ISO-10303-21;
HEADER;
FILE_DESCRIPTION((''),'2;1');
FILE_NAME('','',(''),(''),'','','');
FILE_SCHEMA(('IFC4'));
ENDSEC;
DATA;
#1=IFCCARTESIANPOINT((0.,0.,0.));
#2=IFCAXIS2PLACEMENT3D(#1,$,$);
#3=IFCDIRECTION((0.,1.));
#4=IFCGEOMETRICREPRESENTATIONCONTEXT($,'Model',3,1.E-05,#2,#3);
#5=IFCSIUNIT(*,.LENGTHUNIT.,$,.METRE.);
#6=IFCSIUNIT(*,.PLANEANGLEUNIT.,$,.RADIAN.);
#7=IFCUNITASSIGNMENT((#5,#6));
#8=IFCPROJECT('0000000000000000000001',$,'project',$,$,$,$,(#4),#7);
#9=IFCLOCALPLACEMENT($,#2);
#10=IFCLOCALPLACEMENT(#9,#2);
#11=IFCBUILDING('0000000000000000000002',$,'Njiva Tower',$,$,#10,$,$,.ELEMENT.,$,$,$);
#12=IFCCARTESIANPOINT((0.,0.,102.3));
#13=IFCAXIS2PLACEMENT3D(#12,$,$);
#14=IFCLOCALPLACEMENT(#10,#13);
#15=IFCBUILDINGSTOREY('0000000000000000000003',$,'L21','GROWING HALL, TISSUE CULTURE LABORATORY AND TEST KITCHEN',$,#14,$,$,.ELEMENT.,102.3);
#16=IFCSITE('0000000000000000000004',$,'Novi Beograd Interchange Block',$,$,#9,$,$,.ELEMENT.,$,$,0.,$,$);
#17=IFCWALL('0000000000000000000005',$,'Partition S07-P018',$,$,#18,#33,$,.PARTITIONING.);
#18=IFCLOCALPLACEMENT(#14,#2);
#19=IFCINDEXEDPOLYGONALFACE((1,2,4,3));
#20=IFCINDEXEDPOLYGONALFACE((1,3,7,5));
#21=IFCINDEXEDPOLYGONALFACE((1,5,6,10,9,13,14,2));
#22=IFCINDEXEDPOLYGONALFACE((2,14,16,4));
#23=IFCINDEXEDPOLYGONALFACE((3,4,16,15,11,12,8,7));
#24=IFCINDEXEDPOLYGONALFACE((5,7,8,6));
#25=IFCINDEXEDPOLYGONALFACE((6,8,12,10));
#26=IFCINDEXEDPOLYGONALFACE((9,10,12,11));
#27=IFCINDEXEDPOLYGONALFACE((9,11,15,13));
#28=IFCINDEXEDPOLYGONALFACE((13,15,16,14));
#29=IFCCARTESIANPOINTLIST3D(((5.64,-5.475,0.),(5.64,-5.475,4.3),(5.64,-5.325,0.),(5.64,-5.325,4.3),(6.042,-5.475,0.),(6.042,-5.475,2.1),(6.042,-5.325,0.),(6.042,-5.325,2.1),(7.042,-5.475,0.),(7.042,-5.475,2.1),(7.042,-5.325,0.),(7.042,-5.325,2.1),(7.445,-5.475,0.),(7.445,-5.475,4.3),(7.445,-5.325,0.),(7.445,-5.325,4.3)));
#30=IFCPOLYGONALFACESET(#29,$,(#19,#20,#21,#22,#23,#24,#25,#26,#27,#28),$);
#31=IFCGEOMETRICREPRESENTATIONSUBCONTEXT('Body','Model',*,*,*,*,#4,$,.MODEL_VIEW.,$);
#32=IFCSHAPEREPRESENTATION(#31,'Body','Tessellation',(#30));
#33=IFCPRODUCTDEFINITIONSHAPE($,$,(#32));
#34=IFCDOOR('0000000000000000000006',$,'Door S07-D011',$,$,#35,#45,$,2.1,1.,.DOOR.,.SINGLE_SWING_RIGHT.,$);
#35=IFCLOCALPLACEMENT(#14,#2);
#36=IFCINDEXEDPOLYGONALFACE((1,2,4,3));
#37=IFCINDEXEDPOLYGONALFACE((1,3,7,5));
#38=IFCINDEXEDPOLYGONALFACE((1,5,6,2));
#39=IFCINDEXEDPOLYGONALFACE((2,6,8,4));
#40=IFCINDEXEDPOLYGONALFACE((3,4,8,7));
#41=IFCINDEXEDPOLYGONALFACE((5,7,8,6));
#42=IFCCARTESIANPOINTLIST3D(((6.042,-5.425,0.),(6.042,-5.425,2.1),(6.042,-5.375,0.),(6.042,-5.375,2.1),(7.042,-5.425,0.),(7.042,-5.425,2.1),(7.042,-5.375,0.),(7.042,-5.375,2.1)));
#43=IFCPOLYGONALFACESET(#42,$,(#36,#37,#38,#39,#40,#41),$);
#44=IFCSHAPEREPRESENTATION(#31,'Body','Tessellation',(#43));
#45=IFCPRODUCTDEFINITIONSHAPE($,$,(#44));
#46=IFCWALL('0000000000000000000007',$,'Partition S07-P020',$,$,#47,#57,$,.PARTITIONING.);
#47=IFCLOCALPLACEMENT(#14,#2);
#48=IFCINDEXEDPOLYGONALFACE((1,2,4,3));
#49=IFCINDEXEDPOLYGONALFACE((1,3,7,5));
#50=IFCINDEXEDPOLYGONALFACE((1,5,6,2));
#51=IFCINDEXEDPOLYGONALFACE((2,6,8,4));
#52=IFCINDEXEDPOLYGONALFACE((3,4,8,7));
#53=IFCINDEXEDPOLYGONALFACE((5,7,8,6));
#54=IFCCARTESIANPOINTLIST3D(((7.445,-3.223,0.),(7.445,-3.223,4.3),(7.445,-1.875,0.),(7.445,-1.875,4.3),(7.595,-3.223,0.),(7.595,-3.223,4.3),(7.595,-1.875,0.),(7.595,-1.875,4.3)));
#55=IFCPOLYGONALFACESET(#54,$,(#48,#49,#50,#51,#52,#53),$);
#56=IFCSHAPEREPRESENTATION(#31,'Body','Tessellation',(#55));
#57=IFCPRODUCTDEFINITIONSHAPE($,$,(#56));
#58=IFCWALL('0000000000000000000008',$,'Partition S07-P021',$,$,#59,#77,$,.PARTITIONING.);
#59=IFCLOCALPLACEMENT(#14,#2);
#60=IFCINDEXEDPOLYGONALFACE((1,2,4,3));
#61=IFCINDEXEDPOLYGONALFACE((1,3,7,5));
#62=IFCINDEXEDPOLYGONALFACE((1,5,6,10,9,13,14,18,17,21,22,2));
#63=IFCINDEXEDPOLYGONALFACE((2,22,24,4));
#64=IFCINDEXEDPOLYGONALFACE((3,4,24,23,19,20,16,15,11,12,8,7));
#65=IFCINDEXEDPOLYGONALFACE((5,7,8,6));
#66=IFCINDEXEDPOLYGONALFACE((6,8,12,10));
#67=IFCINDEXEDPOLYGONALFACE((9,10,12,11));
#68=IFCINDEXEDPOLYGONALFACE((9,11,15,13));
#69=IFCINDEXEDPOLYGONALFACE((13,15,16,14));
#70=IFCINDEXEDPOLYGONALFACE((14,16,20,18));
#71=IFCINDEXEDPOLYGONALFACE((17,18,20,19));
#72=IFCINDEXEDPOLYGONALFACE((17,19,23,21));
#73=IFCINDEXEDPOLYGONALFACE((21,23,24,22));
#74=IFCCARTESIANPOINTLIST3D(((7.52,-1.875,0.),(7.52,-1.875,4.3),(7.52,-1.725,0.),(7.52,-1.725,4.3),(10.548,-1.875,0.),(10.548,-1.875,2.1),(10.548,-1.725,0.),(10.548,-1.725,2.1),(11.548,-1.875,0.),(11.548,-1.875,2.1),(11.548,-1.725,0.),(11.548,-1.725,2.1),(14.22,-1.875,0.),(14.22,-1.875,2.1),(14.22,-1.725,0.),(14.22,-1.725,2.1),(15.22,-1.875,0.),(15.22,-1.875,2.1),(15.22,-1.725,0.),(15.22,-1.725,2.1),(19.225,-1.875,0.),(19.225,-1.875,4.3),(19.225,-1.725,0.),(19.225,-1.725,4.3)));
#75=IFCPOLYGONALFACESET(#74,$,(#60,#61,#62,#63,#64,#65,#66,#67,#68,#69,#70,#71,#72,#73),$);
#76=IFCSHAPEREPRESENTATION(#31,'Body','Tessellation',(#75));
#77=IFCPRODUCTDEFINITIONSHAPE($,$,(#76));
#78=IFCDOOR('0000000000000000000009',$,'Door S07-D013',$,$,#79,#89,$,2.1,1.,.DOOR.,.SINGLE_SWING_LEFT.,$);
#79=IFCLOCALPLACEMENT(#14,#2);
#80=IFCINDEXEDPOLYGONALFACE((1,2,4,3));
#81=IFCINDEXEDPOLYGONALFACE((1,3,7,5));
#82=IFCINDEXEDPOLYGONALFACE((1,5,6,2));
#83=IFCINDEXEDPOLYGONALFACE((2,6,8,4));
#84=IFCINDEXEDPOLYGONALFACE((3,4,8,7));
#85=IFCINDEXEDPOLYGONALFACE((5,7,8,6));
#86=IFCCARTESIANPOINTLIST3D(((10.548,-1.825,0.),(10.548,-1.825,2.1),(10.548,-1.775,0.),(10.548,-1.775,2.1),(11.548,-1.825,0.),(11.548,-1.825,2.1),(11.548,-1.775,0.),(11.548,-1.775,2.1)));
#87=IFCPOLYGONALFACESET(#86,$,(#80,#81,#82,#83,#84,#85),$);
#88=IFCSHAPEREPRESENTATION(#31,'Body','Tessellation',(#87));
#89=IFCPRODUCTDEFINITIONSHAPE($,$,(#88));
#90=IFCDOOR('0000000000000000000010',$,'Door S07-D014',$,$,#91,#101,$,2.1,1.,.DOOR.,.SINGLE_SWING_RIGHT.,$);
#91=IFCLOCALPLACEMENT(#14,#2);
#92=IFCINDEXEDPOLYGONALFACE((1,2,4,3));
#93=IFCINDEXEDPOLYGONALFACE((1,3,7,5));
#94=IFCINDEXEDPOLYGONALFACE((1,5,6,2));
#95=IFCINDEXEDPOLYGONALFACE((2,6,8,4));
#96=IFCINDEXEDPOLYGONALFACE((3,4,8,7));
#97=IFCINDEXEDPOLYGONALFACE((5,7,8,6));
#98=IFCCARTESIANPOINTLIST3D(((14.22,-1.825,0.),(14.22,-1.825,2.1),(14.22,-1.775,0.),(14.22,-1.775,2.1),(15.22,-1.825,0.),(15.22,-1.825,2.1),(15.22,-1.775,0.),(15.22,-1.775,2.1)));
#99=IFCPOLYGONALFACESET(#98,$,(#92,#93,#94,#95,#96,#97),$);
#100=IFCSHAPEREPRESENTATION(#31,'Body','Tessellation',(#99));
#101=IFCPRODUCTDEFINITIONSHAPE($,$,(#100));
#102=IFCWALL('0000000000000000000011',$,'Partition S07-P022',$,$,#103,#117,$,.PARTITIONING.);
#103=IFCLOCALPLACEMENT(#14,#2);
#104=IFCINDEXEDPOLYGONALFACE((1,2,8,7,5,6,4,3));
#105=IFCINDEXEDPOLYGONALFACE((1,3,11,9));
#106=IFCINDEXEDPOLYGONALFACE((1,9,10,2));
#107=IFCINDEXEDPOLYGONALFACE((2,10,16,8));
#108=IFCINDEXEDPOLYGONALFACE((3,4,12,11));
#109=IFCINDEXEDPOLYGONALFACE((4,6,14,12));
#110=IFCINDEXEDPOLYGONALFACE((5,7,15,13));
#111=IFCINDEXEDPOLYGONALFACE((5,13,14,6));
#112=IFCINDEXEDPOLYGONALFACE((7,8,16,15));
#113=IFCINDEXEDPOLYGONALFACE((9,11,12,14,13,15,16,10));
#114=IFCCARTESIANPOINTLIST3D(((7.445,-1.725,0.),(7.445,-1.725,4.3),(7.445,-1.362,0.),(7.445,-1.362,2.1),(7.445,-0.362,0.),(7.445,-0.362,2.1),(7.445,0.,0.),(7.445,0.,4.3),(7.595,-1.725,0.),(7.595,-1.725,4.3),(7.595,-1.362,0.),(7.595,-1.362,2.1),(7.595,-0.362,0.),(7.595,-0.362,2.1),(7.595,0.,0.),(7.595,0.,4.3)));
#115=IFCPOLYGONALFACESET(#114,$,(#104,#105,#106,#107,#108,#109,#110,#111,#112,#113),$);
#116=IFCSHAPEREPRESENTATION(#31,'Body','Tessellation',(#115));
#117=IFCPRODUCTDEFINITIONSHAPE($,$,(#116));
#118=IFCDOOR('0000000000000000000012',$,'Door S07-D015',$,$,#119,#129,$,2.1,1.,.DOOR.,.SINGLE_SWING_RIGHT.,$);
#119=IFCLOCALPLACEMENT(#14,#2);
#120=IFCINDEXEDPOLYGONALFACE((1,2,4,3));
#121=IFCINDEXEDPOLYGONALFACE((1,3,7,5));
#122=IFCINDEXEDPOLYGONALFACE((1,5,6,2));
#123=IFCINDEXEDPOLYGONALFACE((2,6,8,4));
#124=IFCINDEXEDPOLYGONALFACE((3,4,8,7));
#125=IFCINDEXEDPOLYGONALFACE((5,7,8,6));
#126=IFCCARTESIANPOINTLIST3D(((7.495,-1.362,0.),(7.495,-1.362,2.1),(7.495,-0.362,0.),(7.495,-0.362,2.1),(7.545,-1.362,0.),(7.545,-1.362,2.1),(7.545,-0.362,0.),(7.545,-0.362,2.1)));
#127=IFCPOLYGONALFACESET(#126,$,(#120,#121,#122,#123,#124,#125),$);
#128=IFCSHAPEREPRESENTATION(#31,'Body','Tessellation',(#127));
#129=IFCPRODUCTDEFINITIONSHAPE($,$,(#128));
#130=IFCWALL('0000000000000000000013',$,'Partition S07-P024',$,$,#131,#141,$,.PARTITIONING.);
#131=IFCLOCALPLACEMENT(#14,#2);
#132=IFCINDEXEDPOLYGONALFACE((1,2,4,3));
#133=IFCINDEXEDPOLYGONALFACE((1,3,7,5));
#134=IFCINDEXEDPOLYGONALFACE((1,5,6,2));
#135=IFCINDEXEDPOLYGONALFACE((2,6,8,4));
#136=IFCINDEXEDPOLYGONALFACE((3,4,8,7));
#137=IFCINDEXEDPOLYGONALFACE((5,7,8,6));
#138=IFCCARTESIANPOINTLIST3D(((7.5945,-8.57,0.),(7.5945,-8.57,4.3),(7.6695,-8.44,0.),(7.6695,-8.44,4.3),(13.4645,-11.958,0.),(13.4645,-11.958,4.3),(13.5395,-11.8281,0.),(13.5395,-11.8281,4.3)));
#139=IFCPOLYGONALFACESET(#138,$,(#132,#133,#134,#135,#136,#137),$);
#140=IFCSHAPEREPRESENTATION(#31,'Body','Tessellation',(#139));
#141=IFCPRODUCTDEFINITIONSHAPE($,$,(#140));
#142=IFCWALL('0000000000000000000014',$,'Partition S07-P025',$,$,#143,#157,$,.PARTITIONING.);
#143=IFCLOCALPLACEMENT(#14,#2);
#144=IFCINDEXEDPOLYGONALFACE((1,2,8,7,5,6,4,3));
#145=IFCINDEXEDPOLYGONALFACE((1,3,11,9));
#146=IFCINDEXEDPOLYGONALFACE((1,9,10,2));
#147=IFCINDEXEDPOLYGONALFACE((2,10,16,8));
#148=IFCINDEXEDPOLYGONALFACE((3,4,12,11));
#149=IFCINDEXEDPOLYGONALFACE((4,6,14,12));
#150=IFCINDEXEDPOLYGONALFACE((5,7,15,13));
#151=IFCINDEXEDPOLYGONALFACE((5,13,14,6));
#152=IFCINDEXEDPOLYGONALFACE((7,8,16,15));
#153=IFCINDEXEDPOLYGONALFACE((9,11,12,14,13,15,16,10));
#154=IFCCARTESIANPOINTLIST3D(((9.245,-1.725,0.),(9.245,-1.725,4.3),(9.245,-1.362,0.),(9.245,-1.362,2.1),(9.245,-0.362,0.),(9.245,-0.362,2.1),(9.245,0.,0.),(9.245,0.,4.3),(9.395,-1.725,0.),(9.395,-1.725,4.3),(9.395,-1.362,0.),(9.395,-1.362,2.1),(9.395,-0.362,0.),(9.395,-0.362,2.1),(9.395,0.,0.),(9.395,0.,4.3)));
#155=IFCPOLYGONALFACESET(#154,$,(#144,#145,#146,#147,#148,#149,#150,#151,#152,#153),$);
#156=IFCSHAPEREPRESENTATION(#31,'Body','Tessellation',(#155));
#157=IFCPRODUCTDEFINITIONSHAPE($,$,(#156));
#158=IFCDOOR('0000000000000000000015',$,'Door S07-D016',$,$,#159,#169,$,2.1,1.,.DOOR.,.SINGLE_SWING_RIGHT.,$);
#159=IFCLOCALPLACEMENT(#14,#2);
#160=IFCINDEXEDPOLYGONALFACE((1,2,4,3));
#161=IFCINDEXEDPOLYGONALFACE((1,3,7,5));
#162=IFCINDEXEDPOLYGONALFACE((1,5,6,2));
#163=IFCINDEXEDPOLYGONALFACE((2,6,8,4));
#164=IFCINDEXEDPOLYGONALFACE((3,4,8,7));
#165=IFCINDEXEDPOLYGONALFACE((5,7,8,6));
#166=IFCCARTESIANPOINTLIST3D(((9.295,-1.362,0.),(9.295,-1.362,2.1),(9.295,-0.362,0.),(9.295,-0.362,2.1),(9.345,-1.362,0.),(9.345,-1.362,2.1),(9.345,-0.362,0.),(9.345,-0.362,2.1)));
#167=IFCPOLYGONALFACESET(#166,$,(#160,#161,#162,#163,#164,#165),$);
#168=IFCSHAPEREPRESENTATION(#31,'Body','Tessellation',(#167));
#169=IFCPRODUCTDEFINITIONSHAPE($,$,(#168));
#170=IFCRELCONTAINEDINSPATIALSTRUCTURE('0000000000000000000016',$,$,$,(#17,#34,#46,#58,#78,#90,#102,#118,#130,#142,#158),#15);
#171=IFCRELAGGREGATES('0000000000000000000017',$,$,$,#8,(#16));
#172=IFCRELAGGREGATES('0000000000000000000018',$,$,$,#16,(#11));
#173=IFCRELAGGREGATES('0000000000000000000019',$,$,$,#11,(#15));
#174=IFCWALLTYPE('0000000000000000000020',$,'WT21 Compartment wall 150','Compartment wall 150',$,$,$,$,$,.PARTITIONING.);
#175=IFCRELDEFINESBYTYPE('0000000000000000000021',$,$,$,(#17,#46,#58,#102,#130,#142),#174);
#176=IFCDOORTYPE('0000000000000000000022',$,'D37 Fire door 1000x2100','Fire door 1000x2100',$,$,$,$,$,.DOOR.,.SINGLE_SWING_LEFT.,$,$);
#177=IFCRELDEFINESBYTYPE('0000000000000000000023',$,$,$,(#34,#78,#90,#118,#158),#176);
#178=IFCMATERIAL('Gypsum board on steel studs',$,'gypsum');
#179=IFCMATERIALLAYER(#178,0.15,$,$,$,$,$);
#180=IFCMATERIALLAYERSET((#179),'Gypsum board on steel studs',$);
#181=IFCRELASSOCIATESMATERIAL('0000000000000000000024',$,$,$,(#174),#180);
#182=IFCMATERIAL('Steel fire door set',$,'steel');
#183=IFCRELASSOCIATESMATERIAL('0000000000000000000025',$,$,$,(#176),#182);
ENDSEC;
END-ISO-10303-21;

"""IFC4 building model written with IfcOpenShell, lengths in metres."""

from ifc_helpers import new_model, si_unit, direction, frame, frame_2d, origin, place, context, subcontext, project, spatial, rectangle, extrude, material, layer, layer_set, type_object, element, fill, save


model = new_model("IFC4")

# Units and contexts
model_context = context("Model", 3, precision=1e-05, world=origin(), true_north=direction((0.0, 1.0)))
body_context = subcontext(model_context, "Body", "Model", "MODEL_VIEW")
ifc_project = project(units=[si_unit("LENGTHUNIT", "METRE"), si_unit("PLANEANGLEUNIT", "RADIAN")], contexts=[model_context])

# Site, building, storey
site_placement = place(None, origin())
site = spatial("IfcSite", under=ifc_project, at=site_placement, Name="Novi Beograd Interchange Block", CompositionType="ELEMENT", RefElevation=0.0)
building_placement = place(site_placement, origin())
building = spatial("IfcBuilding", under=site, at=building_placement, Name="Njiva Tower", CompositionType="ELEMENT")
storey_placement = place(building_placement, frame((0.0, 0.0, 102.3)))
storey = spatial("IfcBuildingStorey", under=building, at=storey_placement, Name="L21", Description="GROWING HALL, TISSUE CULTURE LABORATORY AND TEST KITCHEN", CompositionType="ELEMENT", Elevation=102.3)

# Shared definitions
ifc_material_1 = material(Name="Gypsum board on steel studs", Category="gypsum")

# Shared definitions
ifc_layer_1 = layer(ifc_material_1, 0.15)
ifc_layer_set_1 = layer_set([ifc_layer_1], Name="Gypsum board on steel studs")
wall_type_1 = type_object("IfcWallType", Name="WT21 Compartment wall 150", Description="Compartment wall 150", PredefinedType="PARTITIONING", material=ifc_layer_set_1)
ifc_material_2 = material(Name="Steel fire door set", Category="steel")
door_type = type_object("IfcDoorType", Name="D37 Fire door 1000x2100", Description="Fire door 1000x2100", OperationType="SINGLE_SWING_LEFT", PredefinedType="DOOR", material=ifc_material_2)

# Wall, opening, door
wall_1_placement = place(storey_placement, frame((5.64, -5.4, 0.0), z_axis=(0.0, 0.0, 1.0), x_axis=(1.0, 0.0, 0.0)))
wall_1 = element("IfcWall", 1, at=wall_1_placement, inside=storey, type_object=wall_type_1, Name="Partition S07-P018", PredefinedType="PARTITIONING", context=body_context, shape_type="SweptSolid", body=[
    extrude(rectangle(XDim=1.805, YDim=0.15, at=frame_2d((0.9025, 0.0))), origin(), (0.0, 0.0, 1.0), 4.3),
])
opening_1_placement = place(wall_1_placement, frame((0.402, 0.0, 0.0)))
opening_1 = element("IfcOpeningElement", 2, at=opening_1_placement, cuts=wall_1, PredefinedType="OPENING", context=body_context, shape_type="SweptSolid", body=[
    extrude(rectangle(XDim=1.0, YDim=2.1, at=frame_2d((0.5, 1.05))), frame((0.0, 0.085, 0.0), z_axis=(0.0, -1.0, 0.0), x_axis=(1.0, 0.0, 0.0)), (0.0, 0.0, 1.0), 0.17),
])
door_1_placement = place(opening_1_placement, origin())
door_1 = element("IfcDoor", 3, at=door_1_placement, inside=storey, type_object=door_type, Name="Door S07-D011", OperationType="SINGLE_SWING_RIGHT", OverallHeight=2.1, OverallWidth=1.0, PredefinedType="DOOR", context=body_context, shape_type="SweptSolid", body=[
    extrude(rectangle(XDim=1.0, YDim=2.1, at=frame_2d((0.5, 1.05))), frame((0.0, 0.025, 0.0), z_axis=(0.0, -1.0, 0.0), x_axis=(1.0, 0.0, 0.0)), (0.0, 0.0, 1.0), 0.05),
])
fill(opening_1, door_1)

# Wall
wall_2_placement = place(storey_placement, frame((7.52, -3.223, 0.0), z_axis=(0.0, 0.0, 1.0), x_axis=(0.0, 1.0, 0.0)))
element("IfcWall", 4, at=wall_2_placement, inside=storey, type_object=wall_type_1, Name="Partition S07-P020", PredefinedType="PARTITIONING", context=body_context, shape_type="SweptSolid", body=[
    extrude(rectangle(XDim=1.348, YDim=0.15, at=frame_2d((0.674, 0.0))), origin(), (0.0, 0.0, 1.0), 4.3),
])

# Wall, openings, doors
wall_3_placement = place(storey_placement, frame((7.52, -1.8, 0.0), z_axis=(0.0, 0.0, 1.0), x_axis=(1.0, 0.0, 0.0)))
wall_3 = element("IfcWall", 5, at=wall_3_placement, inside=storey, type_object=wall_type_1, Name="Partition S07-P021", PredefinedType="PARTITIONING", context=body_context, shape_type="SweptSolid", body=[
    extrude(rectangle(XDim=11.705, YDim=0.15, at=frame_2d((5.8525, 0.0))), origin(), (0.0, 0.0, 1.0), 4.3),
])
opening_2_placement = place(wall_3_placement, frame((3.028, 0.0, 0.0)))
opening_2 = element("IfcOpeningElement", 6, at=opening_2_placement, cuts=wall_3, PredefinedType="OPENING", context=body_context, shape_type="SweptSolid", body=[
    extrude(rectangle(XDim=1.0, YDim=2.1, at=frame_2d((0.5, 1.05))), frame((0.0, 0.085, 0.0), z_axis=(0.0, -1.0, 0.0), x_axis=(1.0, 0.0, 0.0)), (0.0, 0.0, 1.0), 0.17),
])
opening_3_placement = place(wall_3_placement, frame((6.7, 0.0, 0.0)))
opening_3 = element("IfcOpeningElement", 7, at=opening_3_placement, cuts=wall_3, PredefinedType="OPENING", context=body_context, shape_type="SweptSolid", body=[
    extrude(rectangle(XDim=1.0, YDim=2.1, at=frame_2d((0.5, 1.05))), frame((0.0, 0.085, 0.0), z_axis=(0.0, -1.0, 0.0), x_axis=(1.0, 0.0, 0.0)), (0.0, 0.0, 1.0), 0.17),
])
door_2_placement = place(opening_2_placement, origin())
door_2 = element("IfcDoor", 8, at=door_2_placement, inside=storey, type_object=door_type, Name="Door S07-D013", OperationType="SINGLE_SWING_LEFT", OverallHeight=2.1, OverallWidth=1.0, PredefinedType="DOOR", context=body_context, shape_type="SweptSolid", body=[
    extrude(rectangle(XDim=1.0, YDim=2.1, at=frame_2d((0.5, 1.05))), frame((0.0, 0.025, 0.0), z_axis=(0.0, -1.0, 0.0), x_axis=(1.0, 0.0, 0.0)), (0.0, 0.0, 1.0), 0.05),
])
fill(opening_2, door_2)
door_3_placement = place(opening_3_placement, origin())
door_3 = element("IfcDoor", 9, at=door_3_placement, inside=storey, type_object=door_type, Name="Door S07-D014", OperationType="SINGLE_SWING_RIGHT", OverallHeight=2.1, OverallWidth=1.0, PredefinedType="DOOR", context=body_context, shape_type="SweptSolid", body=[
    extrude(rectangle(XDim=1.0, YDim=2.1, at=frame_2d((0.5, 1.05))), frame((0.0, 0.025, 0.0), z_axis=(0.0, -1.0, 0.0), x_axis=(1.0, 0.0, 0.0)), (0.0, 0.0, 1.0), 0.05),
])
fill(opening_3, door_3)

# Wall, opening, door
wall_4_placement = place(storey_placement, frame((7.52, -1.725, 0.0), z_axis=(0.0, 0.0, 1.0), x_axis=(0.0, 1.0, 0.0)))
wall_4 = element("IfcWall", 10, at=wall_4_placement, inside=storey, type_object=wall_type_1, Name="Partition S07-P022", PredefinedType="PARTITIONING", context=body_context, shape_type="SweptSolid", body=[
    extrude(rectangle(XDim=1.725, YDim=0.15, at=frame_2d((0.8625, 0.0))), origin(), (0.0, 0.0, 1.0), 4.3),
])
opening_4_placement = place(wall_4_placement, frame((0.363, 0.0, 0.0)))
opening_4 = element("IfcOpeningElement", 11, at=opening_4_placement, cuts=wall_4, PredefinedType="OPENING", context=body_context, shape_type="SweptSolid", body=[
    extrude(rectangle(XDim=1.0, YDim=2.1, at=frame_2d((0.5, 1.05))), frame((0.0, 0.085, 0.0), z_axis=(0.0, -1.0, 0.0), x_axis=(1.0, 0.0, 0.0)), (0.0, 0.0, 1.0), 0.17),
])
door_4_placement = place(opening_4_placement, origin())
door_4 = element("IfcDoor", 12, at=door_4_placement, inside=storey, type_object=door_type, Name="Door S07-D015", OperationType="SINGLE_SWING_RIGHT", OverallHeight=2.1, OverallWidth=1.0, PredefinedType="DOOR", context=body_context, shape_type="SweptSolid", body=[
    extrude(rectangle(XDim=1.0, YDim=2.1, at=frame_2d((0.5, 1.05))), frame((0.0, 0.025, 0.0), z_axis=(0.0, -1.0, 0.0), x_axis=(1.0, 0.0, 0.0)), (0.0, 0.0, 1.0), 0.05),
])
fill(opening_4, door_4)

# Wall
wall_5_placement = place(storey_placement, frame((7.632, -8.505, 0.0), z_axis=(0.0, 0.0, 1.0), x_axis=(0.866092, -0.499884, 0.0)))
element("IfcWall", 13, at=wall_5_placement, inside=storey, type_object=wall_type_1, Name="Partition S07-P024", PredefinedType="PARTITIONING", context=body_context, shape_type="SweptSolid", body=[
    extrude(rectangle(XDim=6.7776, YDim=0.15, at=frame_2d((3.3888, 0.0))), origin(), (0.0, 0.0, 1.0), 4.3),
])

# Wall, opening, door
wall_6_placement = place(storey_placement, frame((9.32, -1.725, 0.0), z_axis=(0.0, 0.0, 1.0), x_axis=(0.0, 1.0, 0.0)))
wall_6 = element("IfcWall", 14, at=wall_6_placement, inside=storey, type_object=wall_type_1, Name="Partition S07-P025", PredefinedType="PARTITIONING", context=body_context, shape_type="SweptSolid", body=[
    extrude(rectangle(XDim=1.725, YDim=0.15, at=frame_2d((0.8625, 0.0))), origin(), (0.0, 0.0, 1.0), 4.3),
])
opening_5_placement = place(wall_6_placement, frame((0.363, 0.0, 0.0)))
opening_5 = element("IfcOpeningElement", 15, at=opening_5_placement, cuts=wall_6, PredefinedType="OPENING", context=body_context, shape_type="SweptSolid", body=[
    extrude(rectangle(XDim=1.0, YDim=2.1, at=frame_2d((0.5, 1.05))), frame((0.0, 0.085, 0.0), z_axis=(0.0, -1.0, 0.0), x_axis=(1.0, 0.0, 0.0)), (0.0, 0.0, 1.0), 0.17),
])
door_5_placement = place(opening_5_placement, origin())
door_5 = element("IfcDoor", 16, at=door_5_placement, inside=storey, type_object=door_type, Name="Door S07-D016", OperationType="SINGLE_SWING_RIGHT", OverallHeight=2.1, OverallWidth=1.0, PredefinedType="DOOR", context=body_context, shape_type="SweptSolid", body=[
    extrude(rectangle(XDim=1.0, YDim=2.1, at=frame_2d((0.5, 1.05))), frame((0.0, 0.025, 0.0), z_axis=(0.0, -1.0, 0.0), x_axis=(1.0, 0.0, 0.0)), (0.0, 0.0, 1.0), 0.05),
])
fill(opening_5, door_5)

save(model, "model.ifc")
